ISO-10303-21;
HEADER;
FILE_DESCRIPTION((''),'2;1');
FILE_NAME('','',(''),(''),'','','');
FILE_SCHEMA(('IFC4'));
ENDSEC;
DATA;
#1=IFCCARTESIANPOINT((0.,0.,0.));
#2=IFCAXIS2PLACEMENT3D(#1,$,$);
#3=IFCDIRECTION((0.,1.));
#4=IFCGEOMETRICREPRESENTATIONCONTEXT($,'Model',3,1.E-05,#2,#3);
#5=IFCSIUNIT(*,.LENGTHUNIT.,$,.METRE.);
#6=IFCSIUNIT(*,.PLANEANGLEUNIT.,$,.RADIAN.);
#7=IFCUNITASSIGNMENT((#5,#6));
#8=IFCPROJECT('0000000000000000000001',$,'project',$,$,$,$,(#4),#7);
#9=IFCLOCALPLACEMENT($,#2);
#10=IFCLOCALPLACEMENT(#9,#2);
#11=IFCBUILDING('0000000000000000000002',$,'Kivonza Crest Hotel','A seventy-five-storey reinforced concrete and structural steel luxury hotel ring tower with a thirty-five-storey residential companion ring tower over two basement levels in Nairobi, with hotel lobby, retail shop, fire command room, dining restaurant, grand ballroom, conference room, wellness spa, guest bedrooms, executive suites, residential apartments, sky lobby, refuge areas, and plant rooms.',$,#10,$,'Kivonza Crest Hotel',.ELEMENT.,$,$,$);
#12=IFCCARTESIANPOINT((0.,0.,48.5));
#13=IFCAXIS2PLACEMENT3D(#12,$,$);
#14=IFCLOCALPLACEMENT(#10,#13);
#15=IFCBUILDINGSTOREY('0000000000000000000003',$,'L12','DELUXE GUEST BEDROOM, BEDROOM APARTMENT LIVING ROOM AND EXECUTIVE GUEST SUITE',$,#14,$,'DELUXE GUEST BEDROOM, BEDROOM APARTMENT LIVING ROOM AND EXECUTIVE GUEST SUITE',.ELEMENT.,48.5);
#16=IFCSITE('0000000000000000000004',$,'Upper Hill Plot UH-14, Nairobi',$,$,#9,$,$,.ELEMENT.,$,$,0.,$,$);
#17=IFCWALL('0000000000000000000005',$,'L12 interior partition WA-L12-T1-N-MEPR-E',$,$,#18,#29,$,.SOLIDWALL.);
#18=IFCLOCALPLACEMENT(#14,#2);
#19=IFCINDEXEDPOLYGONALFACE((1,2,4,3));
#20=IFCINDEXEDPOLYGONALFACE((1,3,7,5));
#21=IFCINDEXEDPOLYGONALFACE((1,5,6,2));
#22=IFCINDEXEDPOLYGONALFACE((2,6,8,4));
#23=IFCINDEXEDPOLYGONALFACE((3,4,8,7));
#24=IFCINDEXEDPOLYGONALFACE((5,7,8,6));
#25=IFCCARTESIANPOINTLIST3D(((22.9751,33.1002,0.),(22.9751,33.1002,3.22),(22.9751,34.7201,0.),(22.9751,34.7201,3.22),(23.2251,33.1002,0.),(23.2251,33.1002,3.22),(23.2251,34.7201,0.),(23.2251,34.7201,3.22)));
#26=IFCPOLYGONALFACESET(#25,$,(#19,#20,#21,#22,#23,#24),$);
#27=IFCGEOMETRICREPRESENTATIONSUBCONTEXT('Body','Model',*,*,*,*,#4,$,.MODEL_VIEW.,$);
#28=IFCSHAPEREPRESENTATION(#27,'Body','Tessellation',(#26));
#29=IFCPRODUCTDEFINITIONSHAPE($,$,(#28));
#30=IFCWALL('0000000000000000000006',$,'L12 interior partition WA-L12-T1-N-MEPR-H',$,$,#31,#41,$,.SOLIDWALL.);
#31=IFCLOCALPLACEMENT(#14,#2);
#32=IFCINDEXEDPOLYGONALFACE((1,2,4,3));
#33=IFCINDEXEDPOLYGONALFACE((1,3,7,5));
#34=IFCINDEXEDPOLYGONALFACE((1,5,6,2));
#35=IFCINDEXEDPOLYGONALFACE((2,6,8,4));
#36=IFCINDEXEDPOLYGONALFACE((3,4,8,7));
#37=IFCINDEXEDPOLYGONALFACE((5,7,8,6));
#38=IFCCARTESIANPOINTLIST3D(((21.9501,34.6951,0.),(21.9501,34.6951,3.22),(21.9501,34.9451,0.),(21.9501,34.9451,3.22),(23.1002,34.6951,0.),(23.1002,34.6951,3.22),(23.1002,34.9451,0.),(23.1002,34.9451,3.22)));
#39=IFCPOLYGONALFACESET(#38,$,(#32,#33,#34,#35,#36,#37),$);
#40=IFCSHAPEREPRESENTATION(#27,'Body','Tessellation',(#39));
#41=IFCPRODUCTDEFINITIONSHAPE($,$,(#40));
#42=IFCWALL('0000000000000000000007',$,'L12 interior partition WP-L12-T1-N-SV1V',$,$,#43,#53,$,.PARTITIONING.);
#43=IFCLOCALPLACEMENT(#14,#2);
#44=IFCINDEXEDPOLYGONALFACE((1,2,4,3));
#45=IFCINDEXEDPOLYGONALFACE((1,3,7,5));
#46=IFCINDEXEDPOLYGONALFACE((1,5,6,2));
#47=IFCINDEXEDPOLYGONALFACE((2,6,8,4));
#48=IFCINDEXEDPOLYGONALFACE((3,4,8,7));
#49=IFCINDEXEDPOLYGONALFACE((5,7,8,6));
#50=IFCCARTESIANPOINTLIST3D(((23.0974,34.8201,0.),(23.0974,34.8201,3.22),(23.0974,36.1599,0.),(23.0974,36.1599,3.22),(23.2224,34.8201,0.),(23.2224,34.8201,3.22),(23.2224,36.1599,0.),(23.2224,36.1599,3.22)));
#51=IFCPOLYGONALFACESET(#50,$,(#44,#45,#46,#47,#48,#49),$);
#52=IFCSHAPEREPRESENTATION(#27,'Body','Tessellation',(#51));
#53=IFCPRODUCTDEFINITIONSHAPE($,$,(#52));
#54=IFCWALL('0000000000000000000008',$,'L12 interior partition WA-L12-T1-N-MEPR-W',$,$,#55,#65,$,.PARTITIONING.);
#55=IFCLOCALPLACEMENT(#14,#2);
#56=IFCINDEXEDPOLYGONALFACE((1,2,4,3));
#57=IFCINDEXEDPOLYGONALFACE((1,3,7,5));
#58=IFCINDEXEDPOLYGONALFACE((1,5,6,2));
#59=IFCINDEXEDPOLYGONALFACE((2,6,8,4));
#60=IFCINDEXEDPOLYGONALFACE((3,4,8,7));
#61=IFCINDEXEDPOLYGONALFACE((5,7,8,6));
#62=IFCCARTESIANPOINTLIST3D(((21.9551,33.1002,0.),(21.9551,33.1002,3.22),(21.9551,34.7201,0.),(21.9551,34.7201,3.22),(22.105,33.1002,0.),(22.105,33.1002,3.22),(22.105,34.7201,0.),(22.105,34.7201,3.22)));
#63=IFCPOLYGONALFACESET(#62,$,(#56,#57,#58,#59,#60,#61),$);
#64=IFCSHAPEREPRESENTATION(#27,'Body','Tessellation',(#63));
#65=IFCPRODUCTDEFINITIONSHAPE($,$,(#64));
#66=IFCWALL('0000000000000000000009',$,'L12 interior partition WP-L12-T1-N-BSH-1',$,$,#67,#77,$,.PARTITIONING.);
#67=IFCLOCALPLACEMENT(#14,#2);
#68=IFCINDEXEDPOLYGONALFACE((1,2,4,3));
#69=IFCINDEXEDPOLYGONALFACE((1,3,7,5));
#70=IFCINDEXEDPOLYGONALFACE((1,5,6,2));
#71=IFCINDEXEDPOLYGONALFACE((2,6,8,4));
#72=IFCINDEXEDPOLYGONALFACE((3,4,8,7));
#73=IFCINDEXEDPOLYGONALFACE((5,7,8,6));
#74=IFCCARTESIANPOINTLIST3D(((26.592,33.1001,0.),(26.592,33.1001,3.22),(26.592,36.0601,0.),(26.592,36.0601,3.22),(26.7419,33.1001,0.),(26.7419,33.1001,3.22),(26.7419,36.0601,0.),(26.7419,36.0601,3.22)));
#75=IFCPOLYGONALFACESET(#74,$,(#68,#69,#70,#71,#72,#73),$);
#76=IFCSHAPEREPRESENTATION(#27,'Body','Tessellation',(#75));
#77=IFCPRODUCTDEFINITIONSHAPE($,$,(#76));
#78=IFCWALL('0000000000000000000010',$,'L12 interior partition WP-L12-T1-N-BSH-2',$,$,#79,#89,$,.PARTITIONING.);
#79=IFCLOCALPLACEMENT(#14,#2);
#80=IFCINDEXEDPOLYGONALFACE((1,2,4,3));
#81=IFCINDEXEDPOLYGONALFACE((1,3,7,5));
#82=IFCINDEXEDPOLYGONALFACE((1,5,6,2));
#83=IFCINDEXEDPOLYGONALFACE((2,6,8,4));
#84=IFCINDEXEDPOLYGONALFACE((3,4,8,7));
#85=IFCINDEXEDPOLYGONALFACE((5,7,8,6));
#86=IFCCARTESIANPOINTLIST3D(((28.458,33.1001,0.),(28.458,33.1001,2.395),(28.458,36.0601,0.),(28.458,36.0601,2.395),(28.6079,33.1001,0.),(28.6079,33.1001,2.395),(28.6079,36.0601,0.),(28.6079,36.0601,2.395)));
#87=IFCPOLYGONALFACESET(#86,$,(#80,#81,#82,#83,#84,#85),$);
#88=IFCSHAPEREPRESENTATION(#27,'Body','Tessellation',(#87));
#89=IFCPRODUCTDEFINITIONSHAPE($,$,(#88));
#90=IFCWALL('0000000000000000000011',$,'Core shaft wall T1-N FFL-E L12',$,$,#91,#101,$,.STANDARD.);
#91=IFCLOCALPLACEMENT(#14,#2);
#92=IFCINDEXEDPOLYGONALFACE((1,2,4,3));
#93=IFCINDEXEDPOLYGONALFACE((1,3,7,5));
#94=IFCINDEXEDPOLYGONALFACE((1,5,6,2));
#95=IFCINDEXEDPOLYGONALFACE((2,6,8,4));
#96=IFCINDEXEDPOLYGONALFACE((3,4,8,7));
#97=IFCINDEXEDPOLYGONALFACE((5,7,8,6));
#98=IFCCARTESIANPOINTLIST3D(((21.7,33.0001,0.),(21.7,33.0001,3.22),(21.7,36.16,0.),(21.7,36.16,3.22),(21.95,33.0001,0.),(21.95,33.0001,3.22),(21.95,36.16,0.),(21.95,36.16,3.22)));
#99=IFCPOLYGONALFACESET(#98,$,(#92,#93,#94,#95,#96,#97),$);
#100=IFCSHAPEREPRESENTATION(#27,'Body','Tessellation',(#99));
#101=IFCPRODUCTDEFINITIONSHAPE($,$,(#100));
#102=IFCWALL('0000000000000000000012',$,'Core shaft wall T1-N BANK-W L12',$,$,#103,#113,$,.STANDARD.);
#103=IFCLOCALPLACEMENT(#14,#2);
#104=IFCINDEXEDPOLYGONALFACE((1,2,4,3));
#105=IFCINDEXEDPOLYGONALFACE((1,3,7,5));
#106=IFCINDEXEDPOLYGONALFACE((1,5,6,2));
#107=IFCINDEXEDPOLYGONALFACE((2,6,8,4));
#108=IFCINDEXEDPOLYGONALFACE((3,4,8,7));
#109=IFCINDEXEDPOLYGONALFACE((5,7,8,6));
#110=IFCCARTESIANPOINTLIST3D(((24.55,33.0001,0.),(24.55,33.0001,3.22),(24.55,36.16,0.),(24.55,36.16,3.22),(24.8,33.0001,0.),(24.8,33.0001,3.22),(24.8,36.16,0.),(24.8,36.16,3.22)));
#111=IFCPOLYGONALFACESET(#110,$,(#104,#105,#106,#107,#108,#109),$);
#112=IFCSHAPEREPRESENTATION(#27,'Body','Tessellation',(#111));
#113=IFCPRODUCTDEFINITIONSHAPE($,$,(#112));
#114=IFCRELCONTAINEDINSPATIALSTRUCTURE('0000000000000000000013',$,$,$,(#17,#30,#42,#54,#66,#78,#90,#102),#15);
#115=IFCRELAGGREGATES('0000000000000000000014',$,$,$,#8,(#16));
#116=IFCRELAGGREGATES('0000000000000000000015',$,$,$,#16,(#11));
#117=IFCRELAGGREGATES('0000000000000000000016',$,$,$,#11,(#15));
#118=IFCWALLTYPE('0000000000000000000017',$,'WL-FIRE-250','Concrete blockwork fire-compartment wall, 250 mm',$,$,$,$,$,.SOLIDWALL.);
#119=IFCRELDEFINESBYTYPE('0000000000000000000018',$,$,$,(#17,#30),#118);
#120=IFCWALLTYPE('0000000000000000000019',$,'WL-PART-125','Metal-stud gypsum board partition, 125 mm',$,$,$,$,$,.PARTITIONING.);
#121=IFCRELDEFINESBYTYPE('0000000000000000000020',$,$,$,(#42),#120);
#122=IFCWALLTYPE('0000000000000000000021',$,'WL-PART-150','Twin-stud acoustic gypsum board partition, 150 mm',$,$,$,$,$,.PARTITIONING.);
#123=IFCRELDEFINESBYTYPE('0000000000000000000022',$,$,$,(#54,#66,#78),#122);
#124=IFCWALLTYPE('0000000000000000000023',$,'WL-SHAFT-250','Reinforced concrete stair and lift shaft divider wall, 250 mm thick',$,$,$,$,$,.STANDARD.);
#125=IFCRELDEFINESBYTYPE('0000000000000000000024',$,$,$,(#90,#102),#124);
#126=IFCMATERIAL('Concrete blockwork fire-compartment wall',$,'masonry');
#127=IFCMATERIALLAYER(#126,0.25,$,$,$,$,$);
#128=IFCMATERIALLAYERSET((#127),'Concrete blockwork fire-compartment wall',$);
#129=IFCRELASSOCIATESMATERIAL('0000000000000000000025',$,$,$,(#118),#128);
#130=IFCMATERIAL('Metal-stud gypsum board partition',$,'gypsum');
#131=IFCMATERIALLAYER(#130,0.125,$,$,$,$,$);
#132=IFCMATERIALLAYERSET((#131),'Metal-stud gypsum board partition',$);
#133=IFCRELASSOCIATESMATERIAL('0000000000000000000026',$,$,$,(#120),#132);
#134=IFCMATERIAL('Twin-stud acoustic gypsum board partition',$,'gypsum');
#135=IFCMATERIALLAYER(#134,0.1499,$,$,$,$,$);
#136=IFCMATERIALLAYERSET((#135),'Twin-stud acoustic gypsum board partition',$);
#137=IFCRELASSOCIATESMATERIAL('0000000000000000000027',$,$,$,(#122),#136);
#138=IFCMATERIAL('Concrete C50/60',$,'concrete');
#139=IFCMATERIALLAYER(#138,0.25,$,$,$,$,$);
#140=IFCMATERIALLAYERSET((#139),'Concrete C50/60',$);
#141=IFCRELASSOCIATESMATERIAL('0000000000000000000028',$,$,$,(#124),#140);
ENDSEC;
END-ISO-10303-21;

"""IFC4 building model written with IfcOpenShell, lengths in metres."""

from ifc_helpers import new_model, si_unit, direction, frame, frame_2d, origin, place, context, subcontext, project, spatial, rectangle, extrude, material, layer, layer_set, type_object, element, save


model = new_model("IFC4")

# Units and contexts
model_context = context("Model", 3, precision=1e-05, world=origin(), true_north=direction((0.0, 1.0)))
body_context = subcontext(model_context, "Body", "Model", "MODEL_VIEW")
ifc_project = project(units=[si_unit("LENGTHUNIT", "METRE"), si_unit("PLANEANGLEUNIT", "RADIAN")], contexts=[model_context])

# Site, building, storey
site_placement = place(None, origin())
site = spatial("IfcSite", under=ifc_project, at=site_placement, Name="Upper Hill Plot UH-14, Nairobi", CompositionType="ELEMENT", RefElevation=0.0)
building_placement = place(site_placement, origin())
building = spatial("IfcBuilding", under=site, at=building_placement, Name="Kivonza Crest Hotel", Description="A seventy-five-storey reinforced concrete and structural steel luxury hotel ring tower with a thirty-five-storey residential companion ring tower over two basement levels in Nairobi, with hotel lobby, retail shop, fire command room, dining restaurant, grand ballroom, conference room, wellness spa, guest bedrooms, executive suites, residential apartments, sky lobby, refuge areas, and plant rooms.", LongName="Kivonza Crest Hotel", CompositionType="ELEMENT")
storey_placement = place(building_placement, frame((0.0, 0.0, 48.5)))
storey = spatial("IfcBuildingStorey", under=building, at=storey_placement, Name="L12", Description="DELUXE GUEST BEDROOM, BEDROOM APARTMENT LIVING ROOM AND EXECUTIVE GUEST SUITE", LongName="DELUXE GUEST BEDROOM, BEDROOM APARTMENT LIVING ROOM AND EXECUTIVE GUEST SUITE", CompositionType="ELEMENT", Elevation=48.5)

# Walls
ifc_material_1 = material(Name="Concrete blockwork fire-compartment wall", Category="masonry")
ifc_layer_1 = layer(ifc_material_1, 0.25)
ifc_layer_set_1 = layer_set([ifc_layer_1], Name="Concrete blockwork fire-compartment wall")
wall_type_1 = type_object("IfcWallType", Name="WL-FIRE-250", Description="Concrete blockwork fire-compartment wall, 250 mm", PredefinedType="SOLIDWALL", material=ifc_layer_set_1)
wall_1_placement = place(storey_placement, frame((23.1001, 33.1001, 0.0), z_axis=(0.0, 0.0, 1.0), x_axis=(0.0, 1.0, 0.0)))
element("IfcWall", 1, at=wall_1_placement, inside=storey, type_object=wall_type_1, Name="L12 interior partition WA-L12-T1-N-MEPR-E", PredefinedType="SOLIDWALL", context=body_context, shape_type="SweptSolid", body=[
    extrude(rectangle(XDim=1.6199, YDim=0.25, at=frame_2d((0.8101, 0.0))), origin(), (0.0, 0.0, 1.0), 3.22),
])
wall_2_placement = place(storey_placement, frame((21.95, 34.8201, 0.0), z_axis=(0.0, 0.0, 1.0), x_axis=(1.0, 0.0, 0.0)))
element("IfcWall", 2, at=wall_2_placement, inside=storey, type_object=wall_type_1, Name="L12 interior partition WA-L12-T1-N-MEPR-H", PredefinedType="SOLIDWALL", context=body_context, shape_type="SweptSolid", body=[
    extrude(rectangle(XDim=1.1501, YDim=0.25, at=frame_2d((0.5752, 0.0))), origin(), (0.0, 0.0, 1.0), 3.22),
])
ifc_material_2 = material(Name="Metal-stud gypsum board partition", Category="gypsum")
ifc_layer_2 = layer(ifc_material_2, 0.125)
ifc_layer_set_2 = layer_set([ifc_layer_2], Name="Metal-stud gypsum board partition")
wall_type_2 = type_object("IfcWallType", Name="WL-PART-125", Description="Metal-stud gypsum board partition, 125 mm", PredefinedType="PARTITIONING", material=ifc_layer_set_2)
wall_3_placement = place(storey_placement, frame((23.1599, 34.8201, 0.0), z_axis=(0.0, 0.0, 1.0), x_axis=(0.0, 1.0, 0.0)))
element("IfcWall", 3, at=wall_3_placement, inside=storey, type_object=wall_type_2, Name="L12 interior partition WP-L12-T1-N-SV1V", PredefinedType="PARTITIONING", context=body_context, shape_type="SweptSolid", body=[
    extrude(rectangle(XDim=1.3398, YDim=0.125, at=frame_2d((0.6699, 0.0))), origin(), (0.0, 0.0, 1.0), 3.22),
])
ifc_material_3 = material(Name="Twin-stud acoustic gypsum board partition", Category="gypsum")
ifc_layer_3 = layer(ifc_material_3, 0.1499)
ifc_layer_set_3 = layer_set([ifc_layer_3], Name="Twin-stud acoustic gypsum board partition")
wall_type_3 = type_object("IfcWallType", Name="WL-PART-150", Description="Twin-stud acoustic gypsum board partition, 150 mm", PredefinedType="PARTITIONING", material=ifc_layer_set_3)
wall_4_placement = place(storey_placement, frame((22.03, 33.1001, 0.0), z_axis=(0.0, 0.0, 1.0), x_axis=(0.0, 1.0, 0.0)))
element("IfcWall", 4, at=wall_4_placement, inside=storey, type_object=wall_type_3, Name="L12 interior partition WA-L12-T1-N-MEPR-W", PredefinedType="PARTITIONING", context=body_context, shape_type="SweptSolid", body=[
    extrude(rectangle(XDim=1.6199, YDim=0.1499, at=frame_2d((0.8101, 0.0))), origin(), (0.0, 0.0, 1.0), 3.22),
])
wall_5_placement = place(storey_placement, frame((26.667, 33.1001, 0.0), z_axis=(0.0, 0.0, 1.0), x_axis=(0.0, 1.0, 0.0)))
element("IfcWall", 5, at=wall_5_placement, inside=storey, type_object=wall_type_3, Name="L12 interior partition WP-L12-T1-N-BSH-1", PredefinedType="PARTITIONING", context=body_context, shape_type="SweptSolid", body=[
    extrude(rectangle(XDim=2.96, YDim=0.1499, at=frame_2d((1.48, 0.0))), origin(), (0.0, 0.0, 1.0), 3.22),
])
wall_6_placement = place(storey_placement, frame((28.533, 33.1001, 0.0), z_axis=(0.0, 0.0, 1.0), x_axis=(0.0, 1.0, 0.0)))
element("IfcWall", 6, at=wall_6_placement, inside=storey, type_object=wall_type_3, Name="L12 interior partition WP-L12-T1-N-BSH-2", PredefinedType="PARTITIONING", context=body_context, shape_type="SweptSolid", body=[
    extrude(rectangle(XDim=2.96, YDim=0.1499, at=frame_2d((1.48, 0.0))), origin(), (0.0, 0.0, 1.0), 2.395),
])

# Shared definitions
ifc_material_4 = material(Name="Concrete C50/60", Category="concrete")
ifc_layer_4 = layer(ifc_material_4, 0.25)
ifc_layer_set_4 = layer_set([ifc_layer_4], Name="Concrete C50/60")
wall_type_4 = type_object("IfcWallType", Name="WL-SHAFT-250", Description="Reinforced concrete stair and lift shaft divider wall, 250 mm thick", PredefinedType="STANDARD", material=ifc_layer_set_4)

# Walls
for number, where, z_axis, x_axis, name in (
    (7, (21.825, 33.0, 0.0), (0.0, 0.0, 1.0), (0.0, 1.0, 0.0), "Core shaft wall T1-N FFL-E L12"),
    (8, (24.675, 33.0, 0.0), (0.0, 0.0, 1.0), (0.0, 1.0, 0.0), "Core shaft wall T1-N BANK-W L12"),
):
    element("IfcWall", number, at=place(storey_placement, frame(where, z_axis=z_axis, x_axis=x_axis)), inside=storey, type_object=wall_type_4, Name=name, PredefinedType="STANDARD", context=body_context, shape_type="SweptSolid", body=[
        extrude(rectangle(XDim=3.1599, YDim=0.25, at=frame_2d((1.5801, 0.0))), origin(), (0.0, 0.0, 1.0), 3.22),
    ])

save(model, "model.ifc")
